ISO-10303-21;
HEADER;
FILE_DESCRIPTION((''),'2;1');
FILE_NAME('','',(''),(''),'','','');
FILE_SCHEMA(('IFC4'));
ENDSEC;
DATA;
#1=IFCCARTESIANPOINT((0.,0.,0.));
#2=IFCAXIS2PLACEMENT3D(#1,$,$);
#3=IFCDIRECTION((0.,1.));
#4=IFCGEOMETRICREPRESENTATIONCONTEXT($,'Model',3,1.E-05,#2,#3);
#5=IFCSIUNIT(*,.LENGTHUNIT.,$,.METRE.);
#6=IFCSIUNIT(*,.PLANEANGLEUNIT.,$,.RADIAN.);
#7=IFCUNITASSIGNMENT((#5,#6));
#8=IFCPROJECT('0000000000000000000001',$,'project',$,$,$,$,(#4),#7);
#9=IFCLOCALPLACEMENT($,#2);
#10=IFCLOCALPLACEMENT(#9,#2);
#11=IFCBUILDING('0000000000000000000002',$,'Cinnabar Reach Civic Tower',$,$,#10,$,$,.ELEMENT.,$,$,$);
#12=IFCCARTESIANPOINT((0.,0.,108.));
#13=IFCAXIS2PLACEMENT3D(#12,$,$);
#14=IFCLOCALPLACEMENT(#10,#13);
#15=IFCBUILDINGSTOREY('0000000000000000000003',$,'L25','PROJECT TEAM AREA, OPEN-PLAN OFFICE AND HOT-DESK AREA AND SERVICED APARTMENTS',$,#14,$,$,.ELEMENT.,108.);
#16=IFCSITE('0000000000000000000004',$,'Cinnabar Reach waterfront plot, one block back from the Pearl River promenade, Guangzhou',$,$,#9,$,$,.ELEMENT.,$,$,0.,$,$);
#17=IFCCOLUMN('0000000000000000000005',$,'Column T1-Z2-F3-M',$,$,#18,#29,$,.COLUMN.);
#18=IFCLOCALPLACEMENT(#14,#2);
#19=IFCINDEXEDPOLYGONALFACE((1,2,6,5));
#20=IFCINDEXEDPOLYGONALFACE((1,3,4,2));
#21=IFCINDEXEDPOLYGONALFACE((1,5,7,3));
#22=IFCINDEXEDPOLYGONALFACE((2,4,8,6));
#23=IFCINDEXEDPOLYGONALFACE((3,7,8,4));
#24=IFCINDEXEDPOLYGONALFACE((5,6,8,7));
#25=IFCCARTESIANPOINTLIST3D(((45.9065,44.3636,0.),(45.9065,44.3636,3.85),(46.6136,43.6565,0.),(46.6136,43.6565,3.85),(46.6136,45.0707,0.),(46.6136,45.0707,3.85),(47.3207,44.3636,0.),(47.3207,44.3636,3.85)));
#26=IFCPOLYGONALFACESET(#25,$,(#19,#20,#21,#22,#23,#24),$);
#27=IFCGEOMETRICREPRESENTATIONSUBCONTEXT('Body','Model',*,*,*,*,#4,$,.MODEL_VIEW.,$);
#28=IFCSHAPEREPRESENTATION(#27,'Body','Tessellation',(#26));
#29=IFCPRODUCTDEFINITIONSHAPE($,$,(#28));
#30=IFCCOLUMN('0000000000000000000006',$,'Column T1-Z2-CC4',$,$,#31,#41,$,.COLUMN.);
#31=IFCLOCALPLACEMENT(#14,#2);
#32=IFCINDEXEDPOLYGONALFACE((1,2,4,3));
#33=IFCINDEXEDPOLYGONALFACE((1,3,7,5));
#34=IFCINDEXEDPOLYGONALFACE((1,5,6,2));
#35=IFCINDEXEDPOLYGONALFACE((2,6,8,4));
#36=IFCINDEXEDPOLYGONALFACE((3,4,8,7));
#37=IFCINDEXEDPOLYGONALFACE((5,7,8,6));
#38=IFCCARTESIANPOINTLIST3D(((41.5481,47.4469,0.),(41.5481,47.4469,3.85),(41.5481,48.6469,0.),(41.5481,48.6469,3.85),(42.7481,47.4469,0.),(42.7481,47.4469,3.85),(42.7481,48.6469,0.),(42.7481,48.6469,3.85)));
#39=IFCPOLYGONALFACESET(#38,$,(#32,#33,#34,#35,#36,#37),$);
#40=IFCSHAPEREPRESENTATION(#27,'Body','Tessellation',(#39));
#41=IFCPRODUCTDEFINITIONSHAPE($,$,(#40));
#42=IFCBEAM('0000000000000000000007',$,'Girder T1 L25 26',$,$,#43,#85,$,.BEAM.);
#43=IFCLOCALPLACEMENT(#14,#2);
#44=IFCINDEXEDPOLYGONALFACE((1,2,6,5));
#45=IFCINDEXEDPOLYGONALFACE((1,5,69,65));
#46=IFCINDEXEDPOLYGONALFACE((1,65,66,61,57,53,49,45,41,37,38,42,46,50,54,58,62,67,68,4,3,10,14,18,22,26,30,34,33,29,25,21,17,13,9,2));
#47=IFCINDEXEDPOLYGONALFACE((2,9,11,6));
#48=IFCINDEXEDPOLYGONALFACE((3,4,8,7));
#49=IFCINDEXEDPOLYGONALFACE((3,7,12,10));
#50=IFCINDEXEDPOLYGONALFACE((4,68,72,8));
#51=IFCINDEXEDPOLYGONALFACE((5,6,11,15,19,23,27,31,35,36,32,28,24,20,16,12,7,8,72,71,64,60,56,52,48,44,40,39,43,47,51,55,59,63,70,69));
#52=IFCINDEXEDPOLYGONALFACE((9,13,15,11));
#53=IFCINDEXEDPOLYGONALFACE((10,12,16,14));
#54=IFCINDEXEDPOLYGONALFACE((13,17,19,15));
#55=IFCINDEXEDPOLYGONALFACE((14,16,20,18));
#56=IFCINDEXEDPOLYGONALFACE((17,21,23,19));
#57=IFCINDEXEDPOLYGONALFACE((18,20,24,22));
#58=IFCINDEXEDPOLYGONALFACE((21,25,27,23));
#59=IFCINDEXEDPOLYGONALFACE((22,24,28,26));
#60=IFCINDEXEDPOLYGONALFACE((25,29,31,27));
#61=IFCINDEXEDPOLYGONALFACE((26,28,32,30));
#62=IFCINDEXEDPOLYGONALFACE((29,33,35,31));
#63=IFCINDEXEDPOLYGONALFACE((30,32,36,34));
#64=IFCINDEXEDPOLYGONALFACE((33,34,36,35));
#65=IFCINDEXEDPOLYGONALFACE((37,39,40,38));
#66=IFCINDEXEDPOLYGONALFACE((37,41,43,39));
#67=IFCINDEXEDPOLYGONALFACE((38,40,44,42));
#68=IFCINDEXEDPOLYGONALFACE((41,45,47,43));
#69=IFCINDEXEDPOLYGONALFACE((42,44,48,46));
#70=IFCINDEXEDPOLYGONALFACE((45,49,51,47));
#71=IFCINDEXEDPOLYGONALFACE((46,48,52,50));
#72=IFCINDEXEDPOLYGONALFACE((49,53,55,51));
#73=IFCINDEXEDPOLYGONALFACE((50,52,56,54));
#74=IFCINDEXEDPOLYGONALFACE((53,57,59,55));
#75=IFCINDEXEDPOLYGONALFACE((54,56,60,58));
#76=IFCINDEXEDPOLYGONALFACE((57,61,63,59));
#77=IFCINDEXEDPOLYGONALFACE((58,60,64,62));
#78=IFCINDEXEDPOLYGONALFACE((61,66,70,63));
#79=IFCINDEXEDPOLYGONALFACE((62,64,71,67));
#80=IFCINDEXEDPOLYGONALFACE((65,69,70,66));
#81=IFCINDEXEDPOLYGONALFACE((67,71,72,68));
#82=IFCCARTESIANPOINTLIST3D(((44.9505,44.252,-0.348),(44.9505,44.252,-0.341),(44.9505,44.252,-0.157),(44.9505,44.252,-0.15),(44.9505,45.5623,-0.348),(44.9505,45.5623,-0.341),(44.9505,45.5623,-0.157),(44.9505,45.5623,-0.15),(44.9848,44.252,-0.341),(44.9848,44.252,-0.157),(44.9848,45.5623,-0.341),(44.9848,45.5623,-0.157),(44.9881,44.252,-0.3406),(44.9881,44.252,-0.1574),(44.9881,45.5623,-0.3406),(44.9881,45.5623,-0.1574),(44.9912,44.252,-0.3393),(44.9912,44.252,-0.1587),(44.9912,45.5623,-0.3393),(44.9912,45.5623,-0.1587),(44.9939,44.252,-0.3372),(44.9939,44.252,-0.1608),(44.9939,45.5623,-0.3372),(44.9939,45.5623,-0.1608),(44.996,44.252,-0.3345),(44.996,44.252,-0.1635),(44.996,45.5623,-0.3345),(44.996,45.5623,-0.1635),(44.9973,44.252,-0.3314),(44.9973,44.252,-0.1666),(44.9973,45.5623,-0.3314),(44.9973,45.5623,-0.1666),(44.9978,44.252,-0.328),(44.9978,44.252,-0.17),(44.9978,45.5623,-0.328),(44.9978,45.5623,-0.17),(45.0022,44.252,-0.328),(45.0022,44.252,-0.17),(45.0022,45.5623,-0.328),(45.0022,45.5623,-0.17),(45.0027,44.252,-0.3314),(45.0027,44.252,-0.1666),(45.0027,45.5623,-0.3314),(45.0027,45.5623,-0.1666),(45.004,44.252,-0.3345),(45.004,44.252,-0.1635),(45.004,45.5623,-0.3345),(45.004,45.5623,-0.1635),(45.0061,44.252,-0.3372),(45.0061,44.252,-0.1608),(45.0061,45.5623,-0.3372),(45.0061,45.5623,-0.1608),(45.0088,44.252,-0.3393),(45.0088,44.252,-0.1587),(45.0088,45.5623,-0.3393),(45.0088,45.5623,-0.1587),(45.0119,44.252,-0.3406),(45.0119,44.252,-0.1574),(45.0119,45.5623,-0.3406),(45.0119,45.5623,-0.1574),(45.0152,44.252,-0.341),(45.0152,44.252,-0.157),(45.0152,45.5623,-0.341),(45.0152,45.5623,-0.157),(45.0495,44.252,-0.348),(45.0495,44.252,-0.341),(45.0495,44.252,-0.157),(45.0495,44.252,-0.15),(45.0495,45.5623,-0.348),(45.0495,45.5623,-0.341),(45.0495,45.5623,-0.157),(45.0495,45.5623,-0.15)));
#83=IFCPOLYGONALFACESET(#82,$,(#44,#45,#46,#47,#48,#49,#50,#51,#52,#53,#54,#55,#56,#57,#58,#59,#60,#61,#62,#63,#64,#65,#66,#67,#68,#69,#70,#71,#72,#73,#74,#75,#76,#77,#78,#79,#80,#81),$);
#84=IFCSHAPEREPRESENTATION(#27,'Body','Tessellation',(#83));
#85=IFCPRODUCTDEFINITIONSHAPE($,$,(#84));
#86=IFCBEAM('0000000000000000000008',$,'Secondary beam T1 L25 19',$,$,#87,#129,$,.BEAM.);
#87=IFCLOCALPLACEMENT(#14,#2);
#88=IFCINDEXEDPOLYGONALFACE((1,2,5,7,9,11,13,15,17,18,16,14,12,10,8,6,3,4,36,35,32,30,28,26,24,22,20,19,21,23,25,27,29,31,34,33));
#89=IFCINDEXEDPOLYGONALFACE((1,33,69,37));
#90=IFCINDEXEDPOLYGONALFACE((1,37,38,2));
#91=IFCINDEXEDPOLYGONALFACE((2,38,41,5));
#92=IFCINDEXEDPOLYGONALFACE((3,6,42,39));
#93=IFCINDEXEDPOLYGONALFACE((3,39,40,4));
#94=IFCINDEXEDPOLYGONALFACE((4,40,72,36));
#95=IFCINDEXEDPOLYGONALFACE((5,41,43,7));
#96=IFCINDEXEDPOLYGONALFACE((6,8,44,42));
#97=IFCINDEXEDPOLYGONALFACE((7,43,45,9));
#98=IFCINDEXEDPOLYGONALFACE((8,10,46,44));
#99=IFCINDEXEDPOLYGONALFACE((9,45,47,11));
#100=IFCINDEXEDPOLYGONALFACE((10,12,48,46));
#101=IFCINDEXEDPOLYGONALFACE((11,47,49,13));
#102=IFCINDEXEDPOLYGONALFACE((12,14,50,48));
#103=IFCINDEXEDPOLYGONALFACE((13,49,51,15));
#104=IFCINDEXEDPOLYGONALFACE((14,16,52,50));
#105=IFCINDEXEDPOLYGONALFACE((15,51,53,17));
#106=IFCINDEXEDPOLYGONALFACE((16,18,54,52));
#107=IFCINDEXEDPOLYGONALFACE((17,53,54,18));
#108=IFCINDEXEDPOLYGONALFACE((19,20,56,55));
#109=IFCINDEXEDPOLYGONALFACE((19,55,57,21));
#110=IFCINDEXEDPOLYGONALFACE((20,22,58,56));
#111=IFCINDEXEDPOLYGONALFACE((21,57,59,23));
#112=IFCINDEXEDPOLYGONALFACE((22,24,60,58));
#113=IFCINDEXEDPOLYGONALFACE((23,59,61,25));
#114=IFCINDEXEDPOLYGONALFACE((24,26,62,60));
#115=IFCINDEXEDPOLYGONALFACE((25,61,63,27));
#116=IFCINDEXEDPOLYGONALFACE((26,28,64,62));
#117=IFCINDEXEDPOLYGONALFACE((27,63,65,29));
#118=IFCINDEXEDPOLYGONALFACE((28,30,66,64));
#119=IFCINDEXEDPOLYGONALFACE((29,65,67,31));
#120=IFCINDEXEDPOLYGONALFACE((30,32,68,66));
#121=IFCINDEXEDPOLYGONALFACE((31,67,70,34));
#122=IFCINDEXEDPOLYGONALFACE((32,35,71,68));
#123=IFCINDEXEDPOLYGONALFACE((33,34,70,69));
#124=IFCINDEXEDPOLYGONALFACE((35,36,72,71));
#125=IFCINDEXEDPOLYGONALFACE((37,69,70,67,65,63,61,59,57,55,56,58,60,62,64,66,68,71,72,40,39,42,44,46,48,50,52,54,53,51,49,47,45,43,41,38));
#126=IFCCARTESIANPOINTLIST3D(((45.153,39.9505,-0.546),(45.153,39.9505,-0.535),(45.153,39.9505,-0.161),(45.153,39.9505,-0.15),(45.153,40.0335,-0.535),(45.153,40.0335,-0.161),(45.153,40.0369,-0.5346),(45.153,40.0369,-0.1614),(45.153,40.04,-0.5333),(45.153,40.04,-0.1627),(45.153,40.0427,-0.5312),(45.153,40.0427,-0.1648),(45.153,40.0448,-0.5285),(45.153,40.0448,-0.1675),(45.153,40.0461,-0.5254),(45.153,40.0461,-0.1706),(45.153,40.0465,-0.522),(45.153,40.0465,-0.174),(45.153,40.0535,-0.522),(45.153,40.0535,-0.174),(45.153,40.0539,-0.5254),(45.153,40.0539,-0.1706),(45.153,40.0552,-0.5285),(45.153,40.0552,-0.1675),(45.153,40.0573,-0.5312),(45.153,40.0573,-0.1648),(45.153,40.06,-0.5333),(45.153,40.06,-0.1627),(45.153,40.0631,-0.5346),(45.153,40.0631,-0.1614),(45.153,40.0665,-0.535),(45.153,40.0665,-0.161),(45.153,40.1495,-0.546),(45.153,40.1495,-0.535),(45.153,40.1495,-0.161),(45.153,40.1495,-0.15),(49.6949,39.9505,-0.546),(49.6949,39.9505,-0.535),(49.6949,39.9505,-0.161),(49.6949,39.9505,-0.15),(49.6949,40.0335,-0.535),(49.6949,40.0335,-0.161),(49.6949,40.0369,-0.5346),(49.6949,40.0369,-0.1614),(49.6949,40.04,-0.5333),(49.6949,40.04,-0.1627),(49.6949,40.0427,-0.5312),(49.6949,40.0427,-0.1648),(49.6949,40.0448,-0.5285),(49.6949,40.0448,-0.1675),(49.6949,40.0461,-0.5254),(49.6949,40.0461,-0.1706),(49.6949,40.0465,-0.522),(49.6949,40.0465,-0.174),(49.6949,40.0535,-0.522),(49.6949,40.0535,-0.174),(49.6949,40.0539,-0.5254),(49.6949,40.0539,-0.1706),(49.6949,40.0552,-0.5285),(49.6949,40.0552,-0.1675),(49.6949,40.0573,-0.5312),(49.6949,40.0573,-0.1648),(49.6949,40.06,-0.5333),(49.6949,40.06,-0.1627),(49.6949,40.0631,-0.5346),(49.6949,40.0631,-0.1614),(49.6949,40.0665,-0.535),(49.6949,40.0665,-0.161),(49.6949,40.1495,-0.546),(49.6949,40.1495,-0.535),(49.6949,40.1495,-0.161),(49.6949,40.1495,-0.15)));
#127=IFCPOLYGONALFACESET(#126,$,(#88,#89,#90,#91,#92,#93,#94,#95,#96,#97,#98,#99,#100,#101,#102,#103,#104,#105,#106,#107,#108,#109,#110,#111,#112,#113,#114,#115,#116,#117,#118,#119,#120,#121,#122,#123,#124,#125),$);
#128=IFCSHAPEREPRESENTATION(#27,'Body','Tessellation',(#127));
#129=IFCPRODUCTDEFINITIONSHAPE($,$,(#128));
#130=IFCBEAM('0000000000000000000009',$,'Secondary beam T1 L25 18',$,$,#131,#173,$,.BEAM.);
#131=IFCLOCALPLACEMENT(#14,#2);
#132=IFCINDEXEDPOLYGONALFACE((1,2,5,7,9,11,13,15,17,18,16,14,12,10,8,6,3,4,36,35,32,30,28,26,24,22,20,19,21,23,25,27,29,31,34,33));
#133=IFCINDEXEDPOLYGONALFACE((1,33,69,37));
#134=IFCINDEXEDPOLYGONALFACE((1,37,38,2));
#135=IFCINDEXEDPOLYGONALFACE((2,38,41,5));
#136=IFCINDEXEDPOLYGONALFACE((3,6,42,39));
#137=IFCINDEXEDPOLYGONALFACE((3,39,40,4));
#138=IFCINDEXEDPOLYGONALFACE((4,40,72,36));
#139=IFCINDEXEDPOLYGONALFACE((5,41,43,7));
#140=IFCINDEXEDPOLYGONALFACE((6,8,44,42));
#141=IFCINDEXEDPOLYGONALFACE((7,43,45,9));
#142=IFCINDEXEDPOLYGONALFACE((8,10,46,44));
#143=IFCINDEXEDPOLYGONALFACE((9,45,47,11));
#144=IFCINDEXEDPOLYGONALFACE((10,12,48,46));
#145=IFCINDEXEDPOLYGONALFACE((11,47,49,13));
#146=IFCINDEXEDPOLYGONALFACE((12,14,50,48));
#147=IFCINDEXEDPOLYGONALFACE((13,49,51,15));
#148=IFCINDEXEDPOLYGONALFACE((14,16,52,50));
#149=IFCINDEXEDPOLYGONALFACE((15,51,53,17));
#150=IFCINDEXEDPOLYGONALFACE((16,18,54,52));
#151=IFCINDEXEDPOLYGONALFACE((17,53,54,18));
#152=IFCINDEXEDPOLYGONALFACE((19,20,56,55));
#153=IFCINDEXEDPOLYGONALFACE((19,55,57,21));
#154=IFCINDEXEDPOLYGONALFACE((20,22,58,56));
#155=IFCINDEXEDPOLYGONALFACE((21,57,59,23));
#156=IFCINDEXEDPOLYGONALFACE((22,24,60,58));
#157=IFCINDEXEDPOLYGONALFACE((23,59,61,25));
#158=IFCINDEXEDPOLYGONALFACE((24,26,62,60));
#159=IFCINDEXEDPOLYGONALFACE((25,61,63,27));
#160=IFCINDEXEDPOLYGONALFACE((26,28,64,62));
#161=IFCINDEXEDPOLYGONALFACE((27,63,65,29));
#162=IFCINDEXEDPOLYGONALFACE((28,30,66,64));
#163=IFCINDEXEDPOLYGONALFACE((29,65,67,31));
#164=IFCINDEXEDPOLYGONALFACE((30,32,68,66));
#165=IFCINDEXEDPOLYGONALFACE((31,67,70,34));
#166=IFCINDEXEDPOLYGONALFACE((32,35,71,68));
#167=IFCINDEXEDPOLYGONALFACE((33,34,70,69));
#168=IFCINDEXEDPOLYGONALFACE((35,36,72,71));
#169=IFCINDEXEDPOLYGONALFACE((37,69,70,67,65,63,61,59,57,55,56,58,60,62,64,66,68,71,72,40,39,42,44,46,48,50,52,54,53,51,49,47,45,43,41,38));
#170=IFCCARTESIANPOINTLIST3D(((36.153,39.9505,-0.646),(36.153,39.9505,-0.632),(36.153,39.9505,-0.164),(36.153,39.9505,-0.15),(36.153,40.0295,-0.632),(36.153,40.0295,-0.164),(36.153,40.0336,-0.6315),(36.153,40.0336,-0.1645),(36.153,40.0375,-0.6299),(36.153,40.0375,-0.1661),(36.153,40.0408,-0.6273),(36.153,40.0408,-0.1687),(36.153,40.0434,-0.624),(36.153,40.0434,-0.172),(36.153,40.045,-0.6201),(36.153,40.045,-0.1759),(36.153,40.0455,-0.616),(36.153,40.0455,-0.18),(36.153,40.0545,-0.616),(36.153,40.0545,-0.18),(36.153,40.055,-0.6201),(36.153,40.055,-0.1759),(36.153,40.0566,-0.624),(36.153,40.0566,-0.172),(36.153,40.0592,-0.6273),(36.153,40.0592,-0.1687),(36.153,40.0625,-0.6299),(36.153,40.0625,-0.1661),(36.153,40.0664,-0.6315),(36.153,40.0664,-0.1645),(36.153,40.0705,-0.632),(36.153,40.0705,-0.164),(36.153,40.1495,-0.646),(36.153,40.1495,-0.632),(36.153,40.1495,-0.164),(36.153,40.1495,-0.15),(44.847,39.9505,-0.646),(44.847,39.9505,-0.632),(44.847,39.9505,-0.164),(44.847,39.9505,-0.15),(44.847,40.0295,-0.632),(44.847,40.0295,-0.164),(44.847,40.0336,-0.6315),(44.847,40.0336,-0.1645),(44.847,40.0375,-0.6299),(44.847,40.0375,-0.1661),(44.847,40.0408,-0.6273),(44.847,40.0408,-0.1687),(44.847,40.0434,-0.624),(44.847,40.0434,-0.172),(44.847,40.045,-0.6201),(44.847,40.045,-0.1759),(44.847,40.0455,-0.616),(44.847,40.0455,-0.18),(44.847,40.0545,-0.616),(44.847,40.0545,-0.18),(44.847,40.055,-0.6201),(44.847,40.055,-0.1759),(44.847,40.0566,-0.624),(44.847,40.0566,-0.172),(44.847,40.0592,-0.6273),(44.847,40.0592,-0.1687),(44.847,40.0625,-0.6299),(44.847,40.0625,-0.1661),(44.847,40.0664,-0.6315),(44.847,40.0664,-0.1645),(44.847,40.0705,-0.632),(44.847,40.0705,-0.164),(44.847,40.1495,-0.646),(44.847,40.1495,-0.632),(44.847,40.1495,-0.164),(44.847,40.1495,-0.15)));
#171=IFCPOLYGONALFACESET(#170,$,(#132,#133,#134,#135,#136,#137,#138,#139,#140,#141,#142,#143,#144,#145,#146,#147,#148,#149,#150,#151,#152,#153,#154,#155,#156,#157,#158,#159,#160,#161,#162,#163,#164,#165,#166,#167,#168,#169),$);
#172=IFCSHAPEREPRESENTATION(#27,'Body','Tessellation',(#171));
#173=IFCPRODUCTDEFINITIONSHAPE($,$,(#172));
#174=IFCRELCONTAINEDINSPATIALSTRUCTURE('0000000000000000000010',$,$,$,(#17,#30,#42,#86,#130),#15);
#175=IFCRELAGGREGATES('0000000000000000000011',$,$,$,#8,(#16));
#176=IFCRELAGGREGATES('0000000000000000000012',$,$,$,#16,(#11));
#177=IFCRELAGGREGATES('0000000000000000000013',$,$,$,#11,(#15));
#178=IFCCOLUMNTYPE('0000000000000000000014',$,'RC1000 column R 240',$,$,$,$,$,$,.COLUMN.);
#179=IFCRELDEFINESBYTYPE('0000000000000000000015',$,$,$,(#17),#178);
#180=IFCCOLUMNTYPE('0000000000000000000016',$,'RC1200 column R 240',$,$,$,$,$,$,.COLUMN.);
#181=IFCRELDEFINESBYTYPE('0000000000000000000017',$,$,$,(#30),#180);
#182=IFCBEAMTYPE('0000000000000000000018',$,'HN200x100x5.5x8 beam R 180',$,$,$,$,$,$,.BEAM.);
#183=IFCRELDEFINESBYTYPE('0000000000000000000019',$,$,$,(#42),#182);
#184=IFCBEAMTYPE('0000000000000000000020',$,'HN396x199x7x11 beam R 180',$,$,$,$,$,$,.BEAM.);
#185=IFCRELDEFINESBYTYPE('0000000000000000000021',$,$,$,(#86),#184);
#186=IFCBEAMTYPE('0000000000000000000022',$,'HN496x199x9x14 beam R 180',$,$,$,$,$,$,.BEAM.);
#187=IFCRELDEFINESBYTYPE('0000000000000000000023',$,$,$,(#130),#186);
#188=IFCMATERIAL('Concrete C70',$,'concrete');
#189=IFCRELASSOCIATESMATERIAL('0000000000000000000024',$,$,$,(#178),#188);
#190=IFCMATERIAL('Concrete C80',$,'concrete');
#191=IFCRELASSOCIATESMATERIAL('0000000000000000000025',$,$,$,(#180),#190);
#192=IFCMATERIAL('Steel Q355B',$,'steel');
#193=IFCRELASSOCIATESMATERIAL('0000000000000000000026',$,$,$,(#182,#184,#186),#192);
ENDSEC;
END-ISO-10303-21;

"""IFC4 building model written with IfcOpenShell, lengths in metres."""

from ifc_helpers import new_model, si_unit, direction, frame, origin, origin_2d, place, context, subcontext, project, spatial, rectangle, i_section, extrude, material, material_profile, profile_set, type_object, element, save


model = new_model("IFC4")

# Units and contexts
model_context = context("Model", 3, precision=1e-05, world=origin(), true_north=direction((0.0, 1.0)))
body_context = subcontext(model_context, "Body", "Model", "MODEL_VIEW")
ifc_project = project(units=[si_unit("LENGTHUNIT", "METRE"), si_unit("PLANEANGLEUNIT", "RADIAN")], contexts=[model_context])

# Site, building, storey
site_placement = place(None, origin())
site = spatial("IfcSite", under=ifc_project, at=site_placement, Name="Cinnabar Reach waterfront plot, one block back from the Pearl River promenade, Guangzhou", CompositionType="ELEMENT", RefElevation=0.0)
building_placement = place(site_placement, origin())
building = spatial("IfcBuilding", under=site, at=building_placement, Name="Cinnabar Reach Civic Tower", CompositionType="ELEMENT")
storey_placement = place(building_placement, frame((0.0, 0.0, 108.0)))
storey = spatial("IfcBuildingStorey", under=building, at=storey_placement, Name="L25", Description="PROJECT TEAM AREA, OPEN-PLAN OFFICE AND HOT-DESK AREA AND SERVICED APARTMENTS", CompositionType="ELEMENT", Elevation=108.0)

# Columns
ifc_material_1 = material(Name="Concrete C70", Category="concrete")
ifc_material_profile_1 = material_profile(ifc_material_1, rectangle(XDim=1.0, YDim=1.0, at=origin_2d()), Name="RC1000")
ifc_profile_set_1 = profile_set([ifc_material_profile_1], Name="Concrete C70")
column_type_1 = type_object("IfcColumnType", Name="RC1000 column R 240", PredefinedType="COLUMN", material=ifc_profile_set_1)
column_1_placement = place(storey_placement, frame((46.6136, 44.3636, 0.0), z_axis=(0.0, 0.0, 1.0), x_axis=(0.707107, 0.707107, 0.0)))
element("IfcColumn", 1, at=column_1_placement, inside=storey, type_object=column_type_1, Name="Column T1-Z2-F3-M", PredefinedType="COLUMN", context=body_context, shape_type="SweptSolid", body=[
    extrude(rectangle(XDim=1.0, YDim=1.0, at=origin_2d()), origin(), (0.0, 0.0, 1.0), 3.85),
])
ifc_material_2 = material(Name="Concrete C80", Category="concrete")
ifc_material_profile_2 = material_profile(ifc_material_2, rectangle(XDim=1.2, YDim=1.2, at=origin_2d()), Name="RC1200")
ifc_profile_set_2 = profile_set([ifc_material_profile_2], Name="Concrete C80")
column_type_2 = type_object("IfcColumnType", Name="RC1200 column R 240", PredefinedType="COLUMN", material=ifc_profile_set_2)
column_2_placement = place(storey_placement, frame((42.1481, 48.0469, 0.0), z_axis=(0.0, 0.0, 1.0), x_axis=(1.0, 0.0, 0.0)))
element("IfcColumn", 2, at=column_2_placement, inside=storey, type_object=column_type_2, Name="Column T1-Z2-CC4", PredefinedType="COLUMN", context=body_context, shape_type="SweptSolid", body=[
    extrude(rectangle(XDim=1.2, YDim=1.2, at=origin_2d()), origin(), (0.0, 0.0, 1.0), 3.85),
])

# Beams
ifc_material_3 = material(Name="Steel Q355B", Category="steel")
ifc_material_profile_3 = material_profile(ifc_material_3, i_section(OverallWidth=0.099, OverallDepth=0.198, WebThickness=0.0045, FlangeThickness=0.007, FilletRadius=0.013, at=origin_2d()), Name="HN200x100x5.5x8")
ifc_profile_set_3 = profile_set([ifc_material_profile_3], Name="Steel Q355B")
beam_type_1 = type_object("IfcBeamType", Name="HN200x100x5.5x8 beam R 180", PredefinedType="BEAM", material=ifc_profile_set_3)
beam_1_placement = place(storey_placement, frame((45.0, 44.252, -0.249), z_axis=(0.0, 1.0, 0.0), x_axis=(-1.0, 0.0, 0.0)))
element("IfcBeam", 3, at=beam_1_placement, inside=storey, type_object=beam_type_1, Name="Girder T1 L25 26", PredefinedType="BEAM", context=body_context, shape_type="SweptSolid", body=[
    extrude(i_section(OverallWidth=0.099, OverallDepth=0.198, WebThickness=0.0045, FlangeThickness=0.007, FilletRadius=0.013, at=origin_2d()), origin(), (0.0, 0.0, 1.0), 1.3103),
])
ifc_material_profile_4 = material_profile(ifc_material_3, i_section(OverallWidth=0.199, OverallDepth=0.396, WebThickness=0.007, FlangeThickness=0.011, FilletRadius=0.013, at=origin_2d()), Name="HN396x199x7x11")
ifc_profile_set_4 = profile_set([ifc_material_profile_4], Name="Steel Q355B")
beam_type_2 = type_object("IfcBeamType", Name="HN396x199x7x11 beam R 180", PredefinedType="BEAM", material=ifc_profile_set_4)
beam_2_placement = place(storey_placement, frame((45.153, 40.05, -0.348), z_axis=(1.0, 0.0, 0.0), x_axis=(0.0, 1.0, 0.0)))
element("IfcBeam", 4, at=beam_2_placement, inside=storey, type_object=beam_type_2, Name="Secondary beam T1 L25 19", PredefinedType="BEAM", context=body_context, shape_type="SweptSolid", body=[
    extrude(i_section(OverallWidth=0.199, OverallDepth=0.396, WebThickness=0.007, FlangeThickness=0.011, FilletRadius=0.013, at=origin_2d()), origin(), (0.0, 0.0, 1.0), 4.5419),
])
ifc_material_profile_5 = material_profile(ifc_material_3, i_section(OverallWidth=0.199, OverallDepth=0.496, WebThickness=0.009, FlangeThickness=0.014, FilletRadius=0.016, at=origin_2d()), Name="HN496x199x9x14")
ifc_profile_set_5 = profile_set([ifc_material_profile_5], Name="Steel Q355B")
beam_type_3 = type_object("IfcBeamType", Name="HN496x199x9x14 beam R 180", PredefinedType="BEAM", material=ifc_profile_set_5)
beam_3_placement = place(storey_placement, frame((36.153, 40.05, -0.398), z_axis=(1.0, 0.0, 0.0), x_axis=(0.0, 1.0, 0.0)))
element("IfcBeam", 5, at=beam_3_placement, inside=storey, type_object=beam_type_3, Name="Secondary beam T1 L25 18", PredefinedType="BEAM", context=body_context, shape_type="SweptSolid", body=[
    extrude(i_section(OverallWidth=0.199, OverallDepth=0.496, WebThickness=0.009, FlangeThickness=0.014, FilletRadius=0.016, at=origin_2d()), origin(), (0.0, 0.0, 1.0), 8.694),
])

save(model, "model.ifc")
